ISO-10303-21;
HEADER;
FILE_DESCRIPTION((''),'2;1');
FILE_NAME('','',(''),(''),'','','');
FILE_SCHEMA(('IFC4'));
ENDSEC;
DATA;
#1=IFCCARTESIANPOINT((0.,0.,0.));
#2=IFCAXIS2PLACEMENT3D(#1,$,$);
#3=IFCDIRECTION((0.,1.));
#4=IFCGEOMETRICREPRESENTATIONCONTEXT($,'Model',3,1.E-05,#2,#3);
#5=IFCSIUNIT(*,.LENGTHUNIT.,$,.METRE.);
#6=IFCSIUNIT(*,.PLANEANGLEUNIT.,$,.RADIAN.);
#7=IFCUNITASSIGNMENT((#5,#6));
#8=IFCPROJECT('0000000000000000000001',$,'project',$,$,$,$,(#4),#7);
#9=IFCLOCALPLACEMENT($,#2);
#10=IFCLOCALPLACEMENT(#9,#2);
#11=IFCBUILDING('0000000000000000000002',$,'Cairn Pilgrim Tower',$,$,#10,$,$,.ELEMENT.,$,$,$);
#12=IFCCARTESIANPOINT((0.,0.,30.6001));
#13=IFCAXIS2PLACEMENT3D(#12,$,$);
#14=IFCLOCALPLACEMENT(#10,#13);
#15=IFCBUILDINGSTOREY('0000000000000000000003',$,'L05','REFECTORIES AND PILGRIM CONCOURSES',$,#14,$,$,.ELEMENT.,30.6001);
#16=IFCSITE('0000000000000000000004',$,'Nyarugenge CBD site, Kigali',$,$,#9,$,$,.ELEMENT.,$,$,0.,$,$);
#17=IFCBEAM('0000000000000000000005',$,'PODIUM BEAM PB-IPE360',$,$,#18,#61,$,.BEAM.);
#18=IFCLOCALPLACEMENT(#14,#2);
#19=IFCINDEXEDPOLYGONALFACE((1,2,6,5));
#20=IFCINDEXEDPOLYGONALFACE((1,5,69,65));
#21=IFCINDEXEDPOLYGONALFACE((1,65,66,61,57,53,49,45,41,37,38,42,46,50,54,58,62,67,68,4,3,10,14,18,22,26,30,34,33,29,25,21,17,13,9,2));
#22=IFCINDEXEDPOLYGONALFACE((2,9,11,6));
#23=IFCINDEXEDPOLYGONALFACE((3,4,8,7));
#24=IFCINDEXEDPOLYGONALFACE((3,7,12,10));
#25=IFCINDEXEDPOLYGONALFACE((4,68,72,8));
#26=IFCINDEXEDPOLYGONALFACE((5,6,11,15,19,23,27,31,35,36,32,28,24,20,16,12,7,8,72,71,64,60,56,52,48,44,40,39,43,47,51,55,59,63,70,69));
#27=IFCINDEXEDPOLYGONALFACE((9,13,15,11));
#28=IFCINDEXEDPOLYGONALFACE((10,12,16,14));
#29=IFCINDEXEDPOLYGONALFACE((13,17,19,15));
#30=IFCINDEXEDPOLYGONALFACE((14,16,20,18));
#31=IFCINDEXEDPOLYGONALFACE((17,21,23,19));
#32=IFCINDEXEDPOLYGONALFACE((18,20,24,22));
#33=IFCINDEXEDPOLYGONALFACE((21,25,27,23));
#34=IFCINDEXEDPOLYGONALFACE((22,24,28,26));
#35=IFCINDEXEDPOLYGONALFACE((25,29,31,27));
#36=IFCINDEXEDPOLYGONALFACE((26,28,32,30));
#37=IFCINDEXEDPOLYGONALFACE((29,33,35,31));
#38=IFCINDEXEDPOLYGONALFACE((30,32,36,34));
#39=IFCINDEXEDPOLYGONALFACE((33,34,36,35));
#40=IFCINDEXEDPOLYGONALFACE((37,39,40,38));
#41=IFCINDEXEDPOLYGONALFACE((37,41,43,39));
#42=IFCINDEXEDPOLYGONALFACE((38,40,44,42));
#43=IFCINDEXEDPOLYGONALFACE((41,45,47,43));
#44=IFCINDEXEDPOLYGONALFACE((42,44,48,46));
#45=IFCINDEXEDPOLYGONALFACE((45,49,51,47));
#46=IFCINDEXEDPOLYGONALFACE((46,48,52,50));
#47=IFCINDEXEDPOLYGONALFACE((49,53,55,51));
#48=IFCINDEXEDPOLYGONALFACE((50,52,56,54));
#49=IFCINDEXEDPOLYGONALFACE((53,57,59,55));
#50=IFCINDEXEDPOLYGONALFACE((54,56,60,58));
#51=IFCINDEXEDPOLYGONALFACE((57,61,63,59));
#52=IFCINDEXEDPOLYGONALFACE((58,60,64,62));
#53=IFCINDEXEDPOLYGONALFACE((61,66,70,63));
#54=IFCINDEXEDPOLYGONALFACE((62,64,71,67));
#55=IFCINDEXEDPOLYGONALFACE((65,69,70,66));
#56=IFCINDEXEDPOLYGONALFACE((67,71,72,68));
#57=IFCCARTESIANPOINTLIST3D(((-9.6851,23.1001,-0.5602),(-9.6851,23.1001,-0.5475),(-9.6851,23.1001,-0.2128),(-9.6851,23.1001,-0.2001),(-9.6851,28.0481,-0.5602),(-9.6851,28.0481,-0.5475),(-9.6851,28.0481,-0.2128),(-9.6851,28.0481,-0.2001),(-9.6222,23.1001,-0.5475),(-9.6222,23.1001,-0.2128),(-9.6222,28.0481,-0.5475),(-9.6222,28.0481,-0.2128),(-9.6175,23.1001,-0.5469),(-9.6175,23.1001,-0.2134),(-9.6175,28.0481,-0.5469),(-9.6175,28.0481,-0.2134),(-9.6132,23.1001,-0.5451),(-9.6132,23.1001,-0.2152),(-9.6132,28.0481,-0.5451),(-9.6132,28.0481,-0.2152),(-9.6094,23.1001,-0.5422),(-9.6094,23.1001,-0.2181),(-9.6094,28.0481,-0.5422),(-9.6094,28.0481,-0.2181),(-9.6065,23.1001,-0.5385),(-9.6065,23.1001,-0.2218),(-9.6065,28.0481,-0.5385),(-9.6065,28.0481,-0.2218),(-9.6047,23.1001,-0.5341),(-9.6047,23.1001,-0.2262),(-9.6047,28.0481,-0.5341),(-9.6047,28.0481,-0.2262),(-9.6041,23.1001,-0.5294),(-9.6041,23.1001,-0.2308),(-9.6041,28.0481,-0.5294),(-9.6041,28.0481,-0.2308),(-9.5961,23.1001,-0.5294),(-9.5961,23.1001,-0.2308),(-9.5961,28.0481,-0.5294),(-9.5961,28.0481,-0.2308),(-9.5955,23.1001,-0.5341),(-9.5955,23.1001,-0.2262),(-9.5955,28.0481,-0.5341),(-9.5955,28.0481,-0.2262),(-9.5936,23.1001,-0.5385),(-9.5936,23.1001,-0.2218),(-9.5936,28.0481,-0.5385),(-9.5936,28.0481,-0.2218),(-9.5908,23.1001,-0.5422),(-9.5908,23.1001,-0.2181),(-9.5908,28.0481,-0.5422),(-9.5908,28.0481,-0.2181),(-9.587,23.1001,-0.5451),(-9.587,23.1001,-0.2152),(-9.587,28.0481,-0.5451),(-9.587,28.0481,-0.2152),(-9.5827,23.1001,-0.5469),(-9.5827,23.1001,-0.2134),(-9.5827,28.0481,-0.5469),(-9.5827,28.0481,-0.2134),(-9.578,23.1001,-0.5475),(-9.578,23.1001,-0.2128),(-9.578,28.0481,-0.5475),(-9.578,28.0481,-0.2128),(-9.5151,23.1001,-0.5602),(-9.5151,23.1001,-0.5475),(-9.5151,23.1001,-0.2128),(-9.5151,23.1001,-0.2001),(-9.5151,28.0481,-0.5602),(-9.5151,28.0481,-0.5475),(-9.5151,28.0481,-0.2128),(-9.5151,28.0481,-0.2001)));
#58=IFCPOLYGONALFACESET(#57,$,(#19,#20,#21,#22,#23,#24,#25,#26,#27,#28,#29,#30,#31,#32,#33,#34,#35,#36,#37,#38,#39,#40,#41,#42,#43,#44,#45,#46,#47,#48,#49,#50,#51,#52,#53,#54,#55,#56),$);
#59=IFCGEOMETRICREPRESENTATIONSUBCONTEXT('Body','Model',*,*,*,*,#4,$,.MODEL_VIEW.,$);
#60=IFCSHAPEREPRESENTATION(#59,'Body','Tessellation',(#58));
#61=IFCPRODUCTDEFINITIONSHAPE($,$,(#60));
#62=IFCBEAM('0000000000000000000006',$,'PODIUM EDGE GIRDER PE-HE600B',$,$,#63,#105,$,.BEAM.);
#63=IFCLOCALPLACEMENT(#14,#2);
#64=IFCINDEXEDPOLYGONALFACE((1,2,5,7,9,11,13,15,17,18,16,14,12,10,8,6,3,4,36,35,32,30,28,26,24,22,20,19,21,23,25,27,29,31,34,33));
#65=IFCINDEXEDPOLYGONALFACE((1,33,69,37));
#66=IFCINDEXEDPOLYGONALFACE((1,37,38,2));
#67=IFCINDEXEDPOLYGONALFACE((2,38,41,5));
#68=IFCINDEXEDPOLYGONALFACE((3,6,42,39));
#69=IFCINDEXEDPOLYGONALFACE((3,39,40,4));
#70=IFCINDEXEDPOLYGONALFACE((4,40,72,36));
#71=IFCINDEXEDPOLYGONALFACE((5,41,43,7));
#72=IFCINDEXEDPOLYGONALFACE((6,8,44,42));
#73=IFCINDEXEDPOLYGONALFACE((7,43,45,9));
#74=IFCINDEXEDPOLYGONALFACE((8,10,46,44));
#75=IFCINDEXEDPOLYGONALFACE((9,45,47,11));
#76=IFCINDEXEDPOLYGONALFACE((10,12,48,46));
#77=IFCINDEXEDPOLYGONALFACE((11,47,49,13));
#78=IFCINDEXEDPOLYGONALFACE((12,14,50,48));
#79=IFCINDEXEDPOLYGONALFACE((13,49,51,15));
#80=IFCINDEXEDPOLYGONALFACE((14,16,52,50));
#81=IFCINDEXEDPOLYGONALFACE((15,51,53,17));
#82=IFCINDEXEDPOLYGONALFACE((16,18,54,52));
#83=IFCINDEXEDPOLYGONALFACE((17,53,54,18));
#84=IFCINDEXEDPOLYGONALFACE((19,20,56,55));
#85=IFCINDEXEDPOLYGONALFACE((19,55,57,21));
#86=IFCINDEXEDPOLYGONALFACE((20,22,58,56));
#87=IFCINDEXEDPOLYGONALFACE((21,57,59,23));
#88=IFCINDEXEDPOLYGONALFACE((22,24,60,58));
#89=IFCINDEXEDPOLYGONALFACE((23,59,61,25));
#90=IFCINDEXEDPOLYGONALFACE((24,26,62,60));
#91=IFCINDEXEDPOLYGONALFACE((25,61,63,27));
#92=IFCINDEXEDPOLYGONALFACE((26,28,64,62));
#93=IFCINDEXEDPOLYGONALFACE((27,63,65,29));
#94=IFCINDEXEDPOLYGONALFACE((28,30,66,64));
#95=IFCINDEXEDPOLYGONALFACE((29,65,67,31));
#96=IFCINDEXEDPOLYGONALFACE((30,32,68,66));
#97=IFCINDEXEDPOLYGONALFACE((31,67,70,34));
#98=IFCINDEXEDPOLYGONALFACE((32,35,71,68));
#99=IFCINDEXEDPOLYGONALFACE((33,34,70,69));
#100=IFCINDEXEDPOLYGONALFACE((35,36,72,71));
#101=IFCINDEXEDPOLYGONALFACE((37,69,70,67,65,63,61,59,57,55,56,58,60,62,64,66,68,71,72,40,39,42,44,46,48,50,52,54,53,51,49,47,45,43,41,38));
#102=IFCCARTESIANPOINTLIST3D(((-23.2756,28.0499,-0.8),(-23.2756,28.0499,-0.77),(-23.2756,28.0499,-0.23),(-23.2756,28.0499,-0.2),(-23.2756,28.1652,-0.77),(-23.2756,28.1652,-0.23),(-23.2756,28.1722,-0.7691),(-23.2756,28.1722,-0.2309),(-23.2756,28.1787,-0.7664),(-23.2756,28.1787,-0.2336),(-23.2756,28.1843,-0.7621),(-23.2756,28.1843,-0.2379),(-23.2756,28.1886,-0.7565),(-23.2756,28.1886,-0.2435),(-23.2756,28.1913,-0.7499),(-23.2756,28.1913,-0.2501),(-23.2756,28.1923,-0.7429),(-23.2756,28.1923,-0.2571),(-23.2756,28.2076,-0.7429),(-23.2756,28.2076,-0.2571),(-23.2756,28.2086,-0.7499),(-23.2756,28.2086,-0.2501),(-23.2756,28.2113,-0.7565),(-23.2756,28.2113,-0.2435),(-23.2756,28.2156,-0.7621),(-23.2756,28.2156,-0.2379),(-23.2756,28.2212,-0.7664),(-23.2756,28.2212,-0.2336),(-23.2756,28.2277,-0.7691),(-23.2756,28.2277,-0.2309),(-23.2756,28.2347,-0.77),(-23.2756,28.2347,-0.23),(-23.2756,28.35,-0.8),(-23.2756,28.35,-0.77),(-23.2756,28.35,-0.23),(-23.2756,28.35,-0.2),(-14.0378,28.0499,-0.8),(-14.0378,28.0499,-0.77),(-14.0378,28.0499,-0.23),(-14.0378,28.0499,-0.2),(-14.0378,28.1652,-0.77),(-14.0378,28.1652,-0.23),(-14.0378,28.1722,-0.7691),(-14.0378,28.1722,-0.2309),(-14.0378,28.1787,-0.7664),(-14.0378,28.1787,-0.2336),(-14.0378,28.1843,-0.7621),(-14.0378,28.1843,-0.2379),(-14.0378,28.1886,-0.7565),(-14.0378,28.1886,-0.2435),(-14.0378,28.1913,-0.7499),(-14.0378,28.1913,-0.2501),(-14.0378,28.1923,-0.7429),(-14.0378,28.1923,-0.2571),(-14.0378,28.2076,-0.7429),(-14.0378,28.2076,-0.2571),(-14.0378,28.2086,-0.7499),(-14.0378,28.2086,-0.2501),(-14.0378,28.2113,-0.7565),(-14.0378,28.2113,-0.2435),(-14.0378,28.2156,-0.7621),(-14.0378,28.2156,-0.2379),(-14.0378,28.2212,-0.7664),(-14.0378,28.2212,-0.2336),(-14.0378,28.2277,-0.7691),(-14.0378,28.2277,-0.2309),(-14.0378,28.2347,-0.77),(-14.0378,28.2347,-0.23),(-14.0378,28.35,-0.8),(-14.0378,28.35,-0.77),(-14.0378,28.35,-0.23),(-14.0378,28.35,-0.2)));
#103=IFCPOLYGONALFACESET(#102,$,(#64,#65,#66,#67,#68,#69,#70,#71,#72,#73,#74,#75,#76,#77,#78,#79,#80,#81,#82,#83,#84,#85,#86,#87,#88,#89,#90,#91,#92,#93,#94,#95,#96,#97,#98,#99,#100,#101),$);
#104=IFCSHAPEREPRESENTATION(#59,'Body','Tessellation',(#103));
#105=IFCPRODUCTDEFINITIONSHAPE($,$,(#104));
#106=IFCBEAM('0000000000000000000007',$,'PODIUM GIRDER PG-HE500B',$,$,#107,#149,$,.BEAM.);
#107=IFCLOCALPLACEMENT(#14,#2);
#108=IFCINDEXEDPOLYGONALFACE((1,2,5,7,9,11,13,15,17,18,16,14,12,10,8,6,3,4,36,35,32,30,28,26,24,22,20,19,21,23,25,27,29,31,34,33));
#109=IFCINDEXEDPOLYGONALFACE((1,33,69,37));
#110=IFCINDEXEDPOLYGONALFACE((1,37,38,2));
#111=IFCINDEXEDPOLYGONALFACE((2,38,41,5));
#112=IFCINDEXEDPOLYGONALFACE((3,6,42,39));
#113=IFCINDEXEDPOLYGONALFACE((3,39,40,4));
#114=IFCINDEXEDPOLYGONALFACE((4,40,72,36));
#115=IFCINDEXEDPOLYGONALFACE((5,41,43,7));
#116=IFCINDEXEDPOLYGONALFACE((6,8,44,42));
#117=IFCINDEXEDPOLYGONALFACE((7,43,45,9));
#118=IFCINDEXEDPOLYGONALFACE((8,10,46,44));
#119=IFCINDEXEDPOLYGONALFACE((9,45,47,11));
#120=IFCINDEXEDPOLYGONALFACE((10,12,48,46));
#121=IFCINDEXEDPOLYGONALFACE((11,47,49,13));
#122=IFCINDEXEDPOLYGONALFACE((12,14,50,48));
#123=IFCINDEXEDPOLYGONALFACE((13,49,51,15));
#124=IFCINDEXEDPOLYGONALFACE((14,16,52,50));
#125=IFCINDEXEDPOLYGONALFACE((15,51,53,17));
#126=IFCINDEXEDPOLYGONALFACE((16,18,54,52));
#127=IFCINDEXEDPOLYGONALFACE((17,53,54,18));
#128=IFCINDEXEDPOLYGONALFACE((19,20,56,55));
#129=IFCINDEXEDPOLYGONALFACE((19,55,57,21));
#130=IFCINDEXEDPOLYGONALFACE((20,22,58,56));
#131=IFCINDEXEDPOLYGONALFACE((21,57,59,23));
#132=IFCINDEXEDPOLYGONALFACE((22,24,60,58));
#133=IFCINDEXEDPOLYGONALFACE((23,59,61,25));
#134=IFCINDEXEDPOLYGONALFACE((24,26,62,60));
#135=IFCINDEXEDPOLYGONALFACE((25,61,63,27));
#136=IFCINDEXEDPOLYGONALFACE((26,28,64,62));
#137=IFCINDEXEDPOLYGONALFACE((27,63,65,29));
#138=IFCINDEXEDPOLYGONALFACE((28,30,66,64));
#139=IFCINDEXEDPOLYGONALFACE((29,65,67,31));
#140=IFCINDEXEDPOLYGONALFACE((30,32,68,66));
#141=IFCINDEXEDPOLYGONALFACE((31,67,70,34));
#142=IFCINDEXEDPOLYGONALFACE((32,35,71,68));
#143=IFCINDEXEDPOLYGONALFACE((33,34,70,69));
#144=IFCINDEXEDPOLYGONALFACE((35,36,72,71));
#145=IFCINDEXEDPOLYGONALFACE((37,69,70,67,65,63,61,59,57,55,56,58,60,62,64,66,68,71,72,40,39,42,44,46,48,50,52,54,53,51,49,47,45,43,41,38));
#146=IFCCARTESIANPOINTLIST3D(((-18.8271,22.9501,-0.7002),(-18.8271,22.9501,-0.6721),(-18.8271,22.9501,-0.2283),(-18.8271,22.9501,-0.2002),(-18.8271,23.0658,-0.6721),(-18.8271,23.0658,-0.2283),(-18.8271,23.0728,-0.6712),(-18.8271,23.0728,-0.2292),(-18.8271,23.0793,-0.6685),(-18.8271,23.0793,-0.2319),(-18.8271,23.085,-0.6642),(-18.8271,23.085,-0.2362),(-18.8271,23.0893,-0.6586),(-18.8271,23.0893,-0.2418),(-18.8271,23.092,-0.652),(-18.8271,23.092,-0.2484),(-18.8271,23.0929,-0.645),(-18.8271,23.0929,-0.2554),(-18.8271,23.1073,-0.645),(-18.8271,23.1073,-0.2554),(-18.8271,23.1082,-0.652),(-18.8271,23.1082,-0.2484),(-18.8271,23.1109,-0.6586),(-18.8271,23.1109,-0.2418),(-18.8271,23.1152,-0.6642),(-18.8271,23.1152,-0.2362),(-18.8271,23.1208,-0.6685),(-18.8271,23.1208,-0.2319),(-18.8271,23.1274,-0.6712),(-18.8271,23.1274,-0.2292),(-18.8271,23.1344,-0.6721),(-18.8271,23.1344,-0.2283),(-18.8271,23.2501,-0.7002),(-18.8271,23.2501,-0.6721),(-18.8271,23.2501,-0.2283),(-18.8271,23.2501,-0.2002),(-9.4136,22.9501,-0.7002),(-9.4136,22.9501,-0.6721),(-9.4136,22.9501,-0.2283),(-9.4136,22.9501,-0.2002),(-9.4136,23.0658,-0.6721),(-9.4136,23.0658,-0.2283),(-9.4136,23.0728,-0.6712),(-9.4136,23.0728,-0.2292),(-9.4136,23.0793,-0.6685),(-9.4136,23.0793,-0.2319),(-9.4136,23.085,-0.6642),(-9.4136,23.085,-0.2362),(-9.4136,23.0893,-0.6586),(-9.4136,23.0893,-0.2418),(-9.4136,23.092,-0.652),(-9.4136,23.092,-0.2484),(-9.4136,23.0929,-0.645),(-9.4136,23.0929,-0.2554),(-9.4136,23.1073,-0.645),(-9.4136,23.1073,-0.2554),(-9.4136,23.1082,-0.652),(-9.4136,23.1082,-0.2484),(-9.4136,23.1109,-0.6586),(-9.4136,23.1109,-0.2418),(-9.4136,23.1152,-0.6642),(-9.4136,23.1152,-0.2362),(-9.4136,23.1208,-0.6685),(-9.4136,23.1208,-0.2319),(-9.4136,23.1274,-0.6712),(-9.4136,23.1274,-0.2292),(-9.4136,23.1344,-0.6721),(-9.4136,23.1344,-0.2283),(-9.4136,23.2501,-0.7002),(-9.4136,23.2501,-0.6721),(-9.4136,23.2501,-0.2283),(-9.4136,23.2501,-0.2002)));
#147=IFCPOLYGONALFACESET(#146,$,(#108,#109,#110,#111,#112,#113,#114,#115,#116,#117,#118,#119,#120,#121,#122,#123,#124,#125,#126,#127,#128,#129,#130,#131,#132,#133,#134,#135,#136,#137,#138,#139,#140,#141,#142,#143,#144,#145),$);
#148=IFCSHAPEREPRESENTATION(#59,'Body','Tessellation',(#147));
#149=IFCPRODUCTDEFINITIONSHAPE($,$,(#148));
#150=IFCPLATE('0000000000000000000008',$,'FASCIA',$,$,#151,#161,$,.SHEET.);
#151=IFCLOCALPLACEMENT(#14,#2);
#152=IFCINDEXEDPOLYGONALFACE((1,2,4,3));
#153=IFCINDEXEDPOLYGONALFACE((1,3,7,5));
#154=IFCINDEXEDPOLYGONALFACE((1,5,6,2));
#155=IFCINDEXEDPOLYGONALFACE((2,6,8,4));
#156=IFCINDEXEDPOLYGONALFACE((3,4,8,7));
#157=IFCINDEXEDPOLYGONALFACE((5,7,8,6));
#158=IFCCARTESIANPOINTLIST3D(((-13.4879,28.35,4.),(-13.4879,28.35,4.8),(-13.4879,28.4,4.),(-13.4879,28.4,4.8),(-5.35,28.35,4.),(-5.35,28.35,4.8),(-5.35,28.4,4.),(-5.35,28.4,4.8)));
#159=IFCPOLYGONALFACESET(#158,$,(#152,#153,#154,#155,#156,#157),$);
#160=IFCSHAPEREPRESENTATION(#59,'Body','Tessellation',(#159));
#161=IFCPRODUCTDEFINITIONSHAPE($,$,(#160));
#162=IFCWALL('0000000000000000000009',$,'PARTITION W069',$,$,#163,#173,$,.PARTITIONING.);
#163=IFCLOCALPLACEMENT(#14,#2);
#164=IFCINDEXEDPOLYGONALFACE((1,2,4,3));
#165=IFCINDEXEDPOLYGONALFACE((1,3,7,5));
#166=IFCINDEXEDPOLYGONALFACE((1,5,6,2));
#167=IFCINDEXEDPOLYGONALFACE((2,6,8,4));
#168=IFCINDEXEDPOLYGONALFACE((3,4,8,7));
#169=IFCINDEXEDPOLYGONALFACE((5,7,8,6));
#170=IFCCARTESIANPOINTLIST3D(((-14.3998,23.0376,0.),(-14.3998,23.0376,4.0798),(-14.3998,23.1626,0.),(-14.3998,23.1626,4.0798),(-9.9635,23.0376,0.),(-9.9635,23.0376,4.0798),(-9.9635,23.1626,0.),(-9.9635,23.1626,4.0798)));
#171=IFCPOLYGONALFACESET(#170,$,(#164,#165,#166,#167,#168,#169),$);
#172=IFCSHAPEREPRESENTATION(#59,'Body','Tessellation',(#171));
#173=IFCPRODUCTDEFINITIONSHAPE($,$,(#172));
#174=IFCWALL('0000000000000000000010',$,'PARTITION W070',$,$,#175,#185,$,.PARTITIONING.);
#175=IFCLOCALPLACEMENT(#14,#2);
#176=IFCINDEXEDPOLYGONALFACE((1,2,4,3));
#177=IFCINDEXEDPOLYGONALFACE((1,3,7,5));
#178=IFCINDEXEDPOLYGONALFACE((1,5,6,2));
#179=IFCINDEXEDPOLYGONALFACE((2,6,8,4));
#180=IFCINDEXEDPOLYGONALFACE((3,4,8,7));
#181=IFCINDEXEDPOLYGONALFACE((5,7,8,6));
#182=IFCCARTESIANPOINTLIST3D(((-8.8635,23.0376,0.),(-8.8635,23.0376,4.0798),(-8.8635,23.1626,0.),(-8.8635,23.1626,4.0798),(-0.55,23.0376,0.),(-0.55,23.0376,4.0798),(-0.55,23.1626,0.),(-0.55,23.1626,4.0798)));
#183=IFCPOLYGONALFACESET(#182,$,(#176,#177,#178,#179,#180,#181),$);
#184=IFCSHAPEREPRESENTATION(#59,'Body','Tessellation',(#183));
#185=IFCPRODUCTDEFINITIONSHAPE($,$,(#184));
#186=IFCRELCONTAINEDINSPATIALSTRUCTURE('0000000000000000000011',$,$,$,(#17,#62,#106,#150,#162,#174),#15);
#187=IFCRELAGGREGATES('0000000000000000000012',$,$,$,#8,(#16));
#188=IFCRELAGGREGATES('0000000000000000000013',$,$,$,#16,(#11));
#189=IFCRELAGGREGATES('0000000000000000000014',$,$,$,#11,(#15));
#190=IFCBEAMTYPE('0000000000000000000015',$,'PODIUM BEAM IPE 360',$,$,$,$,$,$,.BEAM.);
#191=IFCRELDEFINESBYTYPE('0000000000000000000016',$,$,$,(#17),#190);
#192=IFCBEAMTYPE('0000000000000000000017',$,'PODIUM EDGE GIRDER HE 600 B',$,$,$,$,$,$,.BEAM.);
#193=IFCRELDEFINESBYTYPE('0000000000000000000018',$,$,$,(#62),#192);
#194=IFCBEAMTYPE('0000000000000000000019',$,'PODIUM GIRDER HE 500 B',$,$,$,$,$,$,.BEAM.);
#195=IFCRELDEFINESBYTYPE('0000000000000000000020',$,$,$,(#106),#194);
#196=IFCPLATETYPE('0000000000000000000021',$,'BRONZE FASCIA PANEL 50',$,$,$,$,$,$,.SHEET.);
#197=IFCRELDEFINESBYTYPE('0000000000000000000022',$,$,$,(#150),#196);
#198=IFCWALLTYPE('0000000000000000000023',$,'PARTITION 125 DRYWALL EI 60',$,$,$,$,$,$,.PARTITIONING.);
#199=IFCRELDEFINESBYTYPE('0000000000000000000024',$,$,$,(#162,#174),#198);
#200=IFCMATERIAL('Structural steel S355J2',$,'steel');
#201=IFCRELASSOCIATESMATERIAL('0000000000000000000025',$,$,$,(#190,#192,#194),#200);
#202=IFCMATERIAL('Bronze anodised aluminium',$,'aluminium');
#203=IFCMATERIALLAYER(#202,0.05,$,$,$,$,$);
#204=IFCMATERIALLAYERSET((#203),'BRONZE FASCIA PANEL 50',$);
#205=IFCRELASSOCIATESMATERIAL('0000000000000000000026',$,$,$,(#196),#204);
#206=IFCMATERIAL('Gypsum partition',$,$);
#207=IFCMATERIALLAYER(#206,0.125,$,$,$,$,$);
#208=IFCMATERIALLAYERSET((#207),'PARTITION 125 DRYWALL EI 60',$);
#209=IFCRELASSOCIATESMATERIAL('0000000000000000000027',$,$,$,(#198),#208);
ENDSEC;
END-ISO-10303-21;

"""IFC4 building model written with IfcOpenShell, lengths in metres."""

from ifc_helpers import new_model, si_unit, direction, frame, frame_2d, origin, origin_2d, place, context, subcontext, project, spatial, rectangle, i_section, extrude, material, layer, layer_set, material_profile, profile_set, type_object, element, save


model = new_model("IFC4")

# Units and contexts
model_context = context("Model", 3, precision=1e-05, world=origin(), true_north=direction((0.0, 1.0)))
body_context = subcontext(model_context, "Body", "Model", "MODEL_VIEW")
ifc_project = project(units=[si_unit("LENGTHUNIT", "METRE"), si_unit("PLANEANGLEUNIT", "RADIAN")], contexts=[model_context])

# Site, building, storey
site_placement = place(None, origin())
site = spatial("IfcSite", under=ifc_project, at=site_placement, Name="Nyarugenge CBD site, Kigali", CompositionType="ELEMENT", RefElevation=0.0)
building_placement = place(site_placement, origin())
building = spatial("IfcBuilding", under=site, at=building_placement, Name="Cairn Pilgrim Tower", CompositionType="ELEMENT")
storey_placement = place(building_placement, frame((0.0, 0.0, 30.6001)))
storey = spatial("IfcBuildingStorey", under=building, at=storey_placement, Name="L05", Description="REFECTORIES AND PILGRIM CONCOURSES", CompositionType="ELEMENT", Elevation=30.6001)

# Beams
ifc_material_1 = material(Name="Structural steel S355J2", Category="steel")
ifc_material_profile_1 = material_profile(ifc_material_1, i_section(OverallWidth=0.1699, OverallDepth=0.3601, WebThickness=0.0081, FlangeThickness=0.0127, FilletRadius=0.0181, at=origin_2d()), Name="IPE 360")
ifc_profile_set_1 = profile_set([ifc_material_profile_1], Name="Structural steel S355J2")
beam_type_1 = type_object("IfcBeamType", Name="PODIUM BEAM IPE 360", PredefinedType="BEAM", material=ifc_profile_set_1)
beam_1_placement = place(storey_placement, frame((-9.6001, 23.1001, -0.3801), z_axis=(0.0, 1.0, 0.0), x_axis=(-1.0, 0.0, 0.0)))
element("IfcBeam", 1, at=beam_1_placement, inside=storey, type_object=beam_type_1, Name="PODIUM BEAM PB-IPE360", PredefinedType="BEAM", context=body_context, shape_type="SweptSolid", body=[
    extrude(i_section(OverallWidth=0.1699, OverallDepth=0.3601, WebThickness=0.0081, FlangeThickness=0.0127, FilletRadius=0.0181, at=origin_2d()), origin(), (0.0, 0.0, 1.0), 4.948),
])
ifc_material_profile_2 = material_profile(ifc_material_1, i_section(OverallWidth=0.3, OverallDepth=0.6001, WebThickness=0.0154, FlangeThickness=0.03, FilletRadius=0.0271, at=origin_2d()), Name="HEB 600")
ifc_profile_set_2 = profile_set([ifc_material_profile_2], Name="Structural steel S355J2")
beam_type_2 = type_object("IfcBeamType", Name="PODIUM EDGE GIRDER HE 600 B", PredefinedType="BEAM", material=ifc_profile_set_2)
beam_2_placement = place(storey_placement, frame((-14.0378, 28.2, -0.5), z_axis=(-1.0, 0.0, 0.0), x_axis=(0.0, -1.0, 0.0)))
element("IfcBeam", 2, at=beam_2_placement, inside=storey, type_object=beam_type_2, Name="PODIUM EDGE GIRDER PE-HE600B", PredefinedType="BEAM", context=body_context, shape_type="SweptSolid", body=[
    extrude(i_section(OverallWidth=0.3, OverallDepth=0.6001, WebThickness=0.0154, FlangeThickness=0.03, FilletRadius=0.0271, at=origin_2d()), origin(), (0.0, 0.0, 1.0), 9.2378),
])
ifc_material_profile_3 = material_profile(ifc_material_1, i_section(OverallWidth=0.3, OverallDepth=0.5, WebThickness=0.0144, FlangeThickness=0.0281, FilletRadius=0.0271, at=origin_2d()), Name="HEB 500")
ifc_profile_set_3 = profile_set([ifc_material_profile_3], Name="Structural steel S355J2")
beam_type_3 = type_object("IfcBeamType", Name="PODIUM GIRDER HE 500 B", PredefinedType="BEAM", material=ifc_profile_set_3)
beam_3_placement = place(storey_placement, frame((-9.4136, 23.1001, -0.4502), z_axis=(-1.0, 0.0, 0.0), x_axis=(0.0, -1.0, 0.0)))
element("IfcBeam", 3, at=beam_3_placement, inside=storey, type_object=beam_type_3, Name="PODIUM GIRDER PG-HE500B", PredefinedType="BEAM", context=body_context, shape_type="SweptSolid", body=[
    extrude(i_section(OverallWidth=0.3, OverallDepth=0.5, WebThickness=0.0144, FlangeThickness=0.0281, FilletRadius=0.0271, at=origin_2d()), origin(), (0.0, 0.0, 1.0), 9.4136),
])

# Plate
ifc_material_2 = material(Name="Bronze anodised aluminium", Category="aluminium")
ifc_layer_1 = layer(ifc_material_2, 0.05)
ifc_layer_set_1 = layer_set([ifc_layer_1], Name="BRONZE FASCIA PANEL 50")
plate_type = type_object("IfcPlateType", Name="BRONZE FASCIA PANEL 50", PredefinedType="SHEET", material=ifc_layer_set_1)
plate_placement = place(storey_placement, frame((-9.4189, 28.375, 4.0), z_axis=(0.0, 0.0, 1.0), x_axis=(-1.0, 0.0, 0.0)))
element("IfcPlate", 4, at=plate_placement, inside=storey, type_object=plate_type, Name="FASCIA", PredefinedType="SHEET", context=body_context, shape_type="SweptSolid", body=[
    extrude(rectangle(XDim=8.1379, YDim=0.05, at=origin_2d()), origin(), (0.0, 0.0, 1.0), 0.8),
])

# Walls
ifc_material_3 = material(Name="Gypsum partition")
ifc_layer_2 = layer(ifc_material_3, 0.125)
ifc_layer_set_2 = layer_set([ifc_layer_2], Name="PARTITION 125 DRYWALL EI 60")
wall_type_1 = type_object("IfcWallType", Name="PARTITION 125 DRYWALL EI 60", PredefinedType="PARTITIONING", material=ifc_layer_set_2)
wall_1_placement = place(storey_placement, frame((-14.3999, 23.1001, 0.0), z_axis=(0.0, 0.0, 1.0), x_axis=(1.0, 0.0, 0.0)))
element("IfcWall", 5, at=wall_1_placement, inside=storey, type_object=wall_type_1, Name="PARTITION W069", PredefinedType="PARTITIONING", context=body_context, shape_type="SweptSolid", body=[
    extrude(rectangle(XDim=4.4363, YDim=0.125, at=frame_2d((2.2183, 0.0))), origin(), (0.0, 0.0, 1.0), 4.0798),
])
wall_2_placement = place(storey_placement, frame((-8.8635, 23.1001, 0.0), z_axis=(0.0, 0.0, 1.0), x_axis=(1.0, 0.0, 0.0)))
element("IfcWall", 6, at=wall_2_placement, inside=storey, type_object=wall_type_1, Name="PARTITION W070", PredefinedType="PARTITIONING", context=body_context, shape_type="SweptSolid", body=[
    extrude(rectangle(XDim=8.3135, YDim=0.125, at=frame_2d((4.1567, 0.0))), origin(), (0.0, 0.0, 1.0), 4.0798),
])

save(model, "model.ifc")
